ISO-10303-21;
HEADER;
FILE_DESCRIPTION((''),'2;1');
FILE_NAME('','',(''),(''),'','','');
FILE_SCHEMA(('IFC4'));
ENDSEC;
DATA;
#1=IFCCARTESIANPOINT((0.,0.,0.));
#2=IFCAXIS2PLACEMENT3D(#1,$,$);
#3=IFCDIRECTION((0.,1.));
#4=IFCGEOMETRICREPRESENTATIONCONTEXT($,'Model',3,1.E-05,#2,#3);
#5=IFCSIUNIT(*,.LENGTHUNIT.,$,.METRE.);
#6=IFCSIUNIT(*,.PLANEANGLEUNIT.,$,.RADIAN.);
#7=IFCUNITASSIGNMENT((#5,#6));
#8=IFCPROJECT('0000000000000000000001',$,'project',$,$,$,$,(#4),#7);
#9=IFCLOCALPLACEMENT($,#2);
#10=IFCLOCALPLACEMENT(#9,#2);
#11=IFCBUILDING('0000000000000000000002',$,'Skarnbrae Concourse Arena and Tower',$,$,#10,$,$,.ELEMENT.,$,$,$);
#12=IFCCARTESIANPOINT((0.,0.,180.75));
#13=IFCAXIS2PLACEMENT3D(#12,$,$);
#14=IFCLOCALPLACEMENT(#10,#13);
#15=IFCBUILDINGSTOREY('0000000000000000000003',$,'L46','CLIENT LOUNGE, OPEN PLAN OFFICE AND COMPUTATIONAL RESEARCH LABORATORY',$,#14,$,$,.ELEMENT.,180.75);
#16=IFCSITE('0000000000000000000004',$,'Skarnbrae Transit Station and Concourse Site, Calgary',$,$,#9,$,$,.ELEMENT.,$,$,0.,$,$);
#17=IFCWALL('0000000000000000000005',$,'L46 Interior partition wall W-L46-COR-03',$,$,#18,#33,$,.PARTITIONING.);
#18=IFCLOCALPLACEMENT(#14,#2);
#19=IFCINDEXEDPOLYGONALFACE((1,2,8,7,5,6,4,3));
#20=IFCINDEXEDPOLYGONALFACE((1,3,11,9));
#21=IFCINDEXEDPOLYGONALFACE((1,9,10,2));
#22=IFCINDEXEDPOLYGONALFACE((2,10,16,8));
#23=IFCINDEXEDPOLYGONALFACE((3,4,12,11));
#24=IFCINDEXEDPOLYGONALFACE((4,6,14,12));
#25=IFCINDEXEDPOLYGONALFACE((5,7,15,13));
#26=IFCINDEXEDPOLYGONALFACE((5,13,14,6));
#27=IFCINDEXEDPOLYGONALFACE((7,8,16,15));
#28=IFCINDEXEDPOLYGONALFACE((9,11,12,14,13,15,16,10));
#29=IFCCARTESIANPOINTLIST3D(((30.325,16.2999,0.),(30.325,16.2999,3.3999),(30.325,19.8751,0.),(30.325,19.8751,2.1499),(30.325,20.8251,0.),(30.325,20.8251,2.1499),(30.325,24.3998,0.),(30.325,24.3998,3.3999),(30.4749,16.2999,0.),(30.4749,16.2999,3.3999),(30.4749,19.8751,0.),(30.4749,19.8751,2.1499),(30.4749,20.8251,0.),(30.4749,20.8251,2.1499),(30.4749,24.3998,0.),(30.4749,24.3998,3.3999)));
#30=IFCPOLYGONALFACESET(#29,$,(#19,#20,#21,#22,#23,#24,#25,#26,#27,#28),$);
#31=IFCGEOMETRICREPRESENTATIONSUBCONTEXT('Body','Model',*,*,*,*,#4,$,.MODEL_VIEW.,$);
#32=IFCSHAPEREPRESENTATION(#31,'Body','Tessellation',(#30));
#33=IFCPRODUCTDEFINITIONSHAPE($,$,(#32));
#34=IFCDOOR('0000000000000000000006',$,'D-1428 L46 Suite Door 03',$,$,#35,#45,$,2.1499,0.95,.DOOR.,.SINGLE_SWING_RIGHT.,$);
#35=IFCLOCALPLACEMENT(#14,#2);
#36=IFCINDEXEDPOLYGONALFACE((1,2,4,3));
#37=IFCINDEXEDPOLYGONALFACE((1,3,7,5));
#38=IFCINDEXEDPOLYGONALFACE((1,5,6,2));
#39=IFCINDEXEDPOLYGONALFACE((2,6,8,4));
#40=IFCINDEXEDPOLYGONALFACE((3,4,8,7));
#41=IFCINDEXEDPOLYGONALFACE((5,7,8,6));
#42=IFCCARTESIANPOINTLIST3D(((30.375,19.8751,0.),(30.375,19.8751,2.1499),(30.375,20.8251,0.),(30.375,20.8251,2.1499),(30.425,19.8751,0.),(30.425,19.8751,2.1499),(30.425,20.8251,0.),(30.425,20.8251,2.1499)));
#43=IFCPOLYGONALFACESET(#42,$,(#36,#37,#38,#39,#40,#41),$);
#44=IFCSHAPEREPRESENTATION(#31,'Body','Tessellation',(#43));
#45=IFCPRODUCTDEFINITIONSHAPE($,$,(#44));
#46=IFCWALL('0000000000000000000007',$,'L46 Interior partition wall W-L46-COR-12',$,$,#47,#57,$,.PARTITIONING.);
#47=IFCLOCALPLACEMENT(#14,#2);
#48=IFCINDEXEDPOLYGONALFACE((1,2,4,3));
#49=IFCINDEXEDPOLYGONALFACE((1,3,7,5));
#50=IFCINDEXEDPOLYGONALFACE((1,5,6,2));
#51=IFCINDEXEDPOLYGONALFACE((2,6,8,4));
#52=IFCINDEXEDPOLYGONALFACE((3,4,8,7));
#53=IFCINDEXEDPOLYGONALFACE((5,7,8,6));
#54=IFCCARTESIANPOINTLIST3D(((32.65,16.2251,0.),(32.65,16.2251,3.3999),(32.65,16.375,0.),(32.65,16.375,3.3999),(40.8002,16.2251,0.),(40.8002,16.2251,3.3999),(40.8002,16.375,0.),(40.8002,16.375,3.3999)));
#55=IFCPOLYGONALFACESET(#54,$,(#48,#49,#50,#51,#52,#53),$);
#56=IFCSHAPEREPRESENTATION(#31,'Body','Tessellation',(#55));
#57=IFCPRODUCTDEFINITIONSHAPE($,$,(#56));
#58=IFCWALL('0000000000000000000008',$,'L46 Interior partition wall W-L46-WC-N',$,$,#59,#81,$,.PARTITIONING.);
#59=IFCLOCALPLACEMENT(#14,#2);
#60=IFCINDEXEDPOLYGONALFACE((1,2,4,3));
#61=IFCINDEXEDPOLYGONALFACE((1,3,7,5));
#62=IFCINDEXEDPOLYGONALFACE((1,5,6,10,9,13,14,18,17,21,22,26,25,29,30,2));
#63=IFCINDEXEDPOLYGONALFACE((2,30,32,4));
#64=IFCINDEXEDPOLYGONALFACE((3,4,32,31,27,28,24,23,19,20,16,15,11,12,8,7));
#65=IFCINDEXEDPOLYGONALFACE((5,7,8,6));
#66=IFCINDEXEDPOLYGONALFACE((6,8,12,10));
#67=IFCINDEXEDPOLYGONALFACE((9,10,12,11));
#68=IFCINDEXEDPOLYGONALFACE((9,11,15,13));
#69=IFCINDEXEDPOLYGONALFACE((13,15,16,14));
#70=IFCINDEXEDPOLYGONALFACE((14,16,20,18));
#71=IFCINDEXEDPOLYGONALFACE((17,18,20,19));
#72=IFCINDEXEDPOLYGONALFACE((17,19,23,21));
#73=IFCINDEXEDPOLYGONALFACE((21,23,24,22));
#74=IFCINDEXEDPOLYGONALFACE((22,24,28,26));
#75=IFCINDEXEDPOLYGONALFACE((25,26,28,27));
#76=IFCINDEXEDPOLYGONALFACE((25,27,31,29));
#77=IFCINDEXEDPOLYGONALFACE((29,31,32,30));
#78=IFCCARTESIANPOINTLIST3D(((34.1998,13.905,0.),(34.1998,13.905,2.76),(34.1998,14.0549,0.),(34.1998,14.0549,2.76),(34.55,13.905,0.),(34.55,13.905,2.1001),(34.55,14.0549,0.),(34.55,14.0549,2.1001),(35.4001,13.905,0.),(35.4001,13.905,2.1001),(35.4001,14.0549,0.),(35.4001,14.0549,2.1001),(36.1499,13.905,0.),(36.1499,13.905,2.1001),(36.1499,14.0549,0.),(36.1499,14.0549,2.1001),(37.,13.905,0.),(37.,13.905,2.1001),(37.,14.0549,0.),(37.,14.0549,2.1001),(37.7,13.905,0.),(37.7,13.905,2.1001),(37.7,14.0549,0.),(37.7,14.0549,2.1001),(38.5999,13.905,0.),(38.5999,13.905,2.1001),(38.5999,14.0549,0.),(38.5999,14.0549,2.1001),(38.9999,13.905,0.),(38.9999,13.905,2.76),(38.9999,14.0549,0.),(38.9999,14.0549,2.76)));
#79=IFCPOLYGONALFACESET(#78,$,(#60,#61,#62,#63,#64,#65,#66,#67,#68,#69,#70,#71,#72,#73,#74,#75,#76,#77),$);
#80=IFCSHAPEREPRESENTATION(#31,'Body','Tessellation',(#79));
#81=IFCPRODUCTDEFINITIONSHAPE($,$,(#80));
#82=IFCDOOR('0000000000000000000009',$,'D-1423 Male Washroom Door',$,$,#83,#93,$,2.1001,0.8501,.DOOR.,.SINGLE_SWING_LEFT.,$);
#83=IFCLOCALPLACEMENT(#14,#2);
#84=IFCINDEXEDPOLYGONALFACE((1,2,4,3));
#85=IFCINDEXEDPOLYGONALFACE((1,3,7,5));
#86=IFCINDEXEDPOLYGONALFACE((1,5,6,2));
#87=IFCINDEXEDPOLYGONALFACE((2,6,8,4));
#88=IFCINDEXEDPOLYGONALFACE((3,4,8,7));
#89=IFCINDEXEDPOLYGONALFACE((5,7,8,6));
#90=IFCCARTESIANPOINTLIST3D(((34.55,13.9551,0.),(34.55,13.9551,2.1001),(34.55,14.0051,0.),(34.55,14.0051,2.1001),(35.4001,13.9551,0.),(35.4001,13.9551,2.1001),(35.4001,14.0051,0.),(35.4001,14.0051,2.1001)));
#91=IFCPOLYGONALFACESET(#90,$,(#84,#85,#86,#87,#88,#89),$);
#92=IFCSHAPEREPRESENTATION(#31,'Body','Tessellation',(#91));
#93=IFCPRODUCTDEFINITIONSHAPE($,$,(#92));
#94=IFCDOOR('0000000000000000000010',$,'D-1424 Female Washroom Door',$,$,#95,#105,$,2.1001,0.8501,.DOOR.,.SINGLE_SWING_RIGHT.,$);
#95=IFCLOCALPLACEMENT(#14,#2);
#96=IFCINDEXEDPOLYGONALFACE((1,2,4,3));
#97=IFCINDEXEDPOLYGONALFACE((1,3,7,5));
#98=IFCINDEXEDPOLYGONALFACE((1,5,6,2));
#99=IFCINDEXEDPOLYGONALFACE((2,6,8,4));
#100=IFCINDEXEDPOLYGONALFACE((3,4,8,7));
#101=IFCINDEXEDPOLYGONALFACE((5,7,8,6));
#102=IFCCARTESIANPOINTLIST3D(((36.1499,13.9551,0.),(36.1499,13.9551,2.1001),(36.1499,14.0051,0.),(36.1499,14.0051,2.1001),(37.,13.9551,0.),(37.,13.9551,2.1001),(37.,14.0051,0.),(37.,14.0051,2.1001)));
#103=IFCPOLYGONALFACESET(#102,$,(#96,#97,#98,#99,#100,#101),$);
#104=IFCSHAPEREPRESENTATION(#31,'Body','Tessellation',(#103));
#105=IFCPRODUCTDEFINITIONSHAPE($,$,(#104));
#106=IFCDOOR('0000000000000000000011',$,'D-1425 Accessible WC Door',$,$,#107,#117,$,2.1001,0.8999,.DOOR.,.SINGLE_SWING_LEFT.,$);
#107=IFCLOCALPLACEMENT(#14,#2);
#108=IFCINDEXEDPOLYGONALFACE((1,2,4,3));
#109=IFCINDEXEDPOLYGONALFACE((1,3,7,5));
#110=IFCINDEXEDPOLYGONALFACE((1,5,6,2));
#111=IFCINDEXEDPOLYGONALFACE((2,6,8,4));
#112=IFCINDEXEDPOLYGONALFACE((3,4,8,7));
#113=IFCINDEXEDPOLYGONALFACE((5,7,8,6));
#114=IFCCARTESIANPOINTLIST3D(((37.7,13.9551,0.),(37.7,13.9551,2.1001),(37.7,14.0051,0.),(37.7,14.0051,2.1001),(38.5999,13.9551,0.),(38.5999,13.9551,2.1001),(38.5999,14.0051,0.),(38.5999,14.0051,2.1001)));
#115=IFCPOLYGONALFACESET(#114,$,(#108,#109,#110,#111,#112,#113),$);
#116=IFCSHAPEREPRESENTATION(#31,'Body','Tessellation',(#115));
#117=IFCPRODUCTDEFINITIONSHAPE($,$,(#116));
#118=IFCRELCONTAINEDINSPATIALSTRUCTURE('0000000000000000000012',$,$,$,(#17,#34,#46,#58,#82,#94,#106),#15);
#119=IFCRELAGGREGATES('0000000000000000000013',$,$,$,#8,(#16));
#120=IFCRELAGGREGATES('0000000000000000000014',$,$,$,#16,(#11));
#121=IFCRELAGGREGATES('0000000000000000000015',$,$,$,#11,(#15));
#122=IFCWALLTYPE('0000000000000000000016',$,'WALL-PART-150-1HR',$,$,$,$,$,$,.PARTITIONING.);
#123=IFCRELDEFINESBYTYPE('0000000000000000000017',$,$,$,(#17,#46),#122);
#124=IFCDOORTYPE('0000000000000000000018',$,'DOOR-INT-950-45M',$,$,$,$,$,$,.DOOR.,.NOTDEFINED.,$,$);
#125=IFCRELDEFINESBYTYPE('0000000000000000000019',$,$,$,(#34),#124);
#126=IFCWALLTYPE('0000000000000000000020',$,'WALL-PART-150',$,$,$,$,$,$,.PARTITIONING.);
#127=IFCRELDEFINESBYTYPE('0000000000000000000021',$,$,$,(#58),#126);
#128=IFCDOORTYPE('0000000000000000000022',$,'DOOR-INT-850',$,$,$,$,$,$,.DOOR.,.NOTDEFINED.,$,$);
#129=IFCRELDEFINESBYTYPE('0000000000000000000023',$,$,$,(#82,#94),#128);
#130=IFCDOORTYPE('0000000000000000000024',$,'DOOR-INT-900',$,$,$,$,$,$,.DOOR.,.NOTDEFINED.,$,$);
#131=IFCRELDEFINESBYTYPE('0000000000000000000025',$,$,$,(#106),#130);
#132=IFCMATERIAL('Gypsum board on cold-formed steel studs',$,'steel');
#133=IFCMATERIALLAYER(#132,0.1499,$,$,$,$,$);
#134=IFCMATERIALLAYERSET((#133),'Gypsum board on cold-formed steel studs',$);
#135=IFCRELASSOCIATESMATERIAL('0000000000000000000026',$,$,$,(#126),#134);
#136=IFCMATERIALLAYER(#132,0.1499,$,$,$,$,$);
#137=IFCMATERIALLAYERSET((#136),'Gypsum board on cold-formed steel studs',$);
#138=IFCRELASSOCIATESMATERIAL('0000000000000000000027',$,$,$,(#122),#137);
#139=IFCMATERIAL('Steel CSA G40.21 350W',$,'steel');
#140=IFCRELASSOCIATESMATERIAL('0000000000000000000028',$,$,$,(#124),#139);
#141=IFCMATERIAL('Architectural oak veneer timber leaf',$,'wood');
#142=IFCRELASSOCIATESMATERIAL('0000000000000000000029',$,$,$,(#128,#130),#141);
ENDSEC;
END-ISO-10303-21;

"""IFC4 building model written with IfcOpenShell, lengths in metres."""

from ifc_helpers import new_model, si_unit, direction, frame, frame_2d, origin, place, context, subcontext, project, spatial, rectangle, extrude, source, transform, mapped, material, layer, layer_set, type_object, element, fill, save


model = new_model("IFC4")

# Units and contexts
model_context = context("Model", 3, precision=1e-05, world=origin(), true_north=direction((0.0, 1.0)))
body_context = subcontext(model_context, "Body", "Model", "MODEL_VIEW")
ifc_project = project(units=[si_unit("LENGTHUNIT", "METRE"), si_unit("PLANEANGLEUNIT", "RADIAN")], contexts=[model_context])

# Site, building, storey
site_placement = place(None, origin())
site = spatial("IfcSite", under=ifc_project, at=site_placement, Name="Skarnbrae Transit Station and Concourse Site, Calgary", CompositionType="ELEMENT", RefElevation=0.0)
building_placement = place(site_placement, origin())
building = spatial("IfcBuilding", under=site, at=building_placement, Name="Skarnbrae Concourse Arena and Tower", CompositionType="ELEMENT")
storey_placement = place(building_placement, frame((0.0, 0.0, 180.75)))
storey = spatial("IfcBuildingStorey", under=building, at=storey_placement, Name="L46", Description="CLIENT LOUNGE, OPEN PLAN OFFICE AND COMPUTATIONAL RESEARCH LABORATORY", CompositionType="ELEMENT", Elevation=180.75)

# Shared definitions
ifc_material_1 = material(Name="Steel CSA G40.21 350W", Category="steel")

# Shared definitions
ifc_material_2 = material(Name="Gypsum board on cold-formed steel studs", Category="steel")
ifc_layer_1 = layer(ifc_material_2, 0.1499)
ifc_layer_set_1 = layer_set([ifc_layer_1], Name="Gypsum board on cold-formed steel studs")
wall_type_1 = type_object("IfcWallType", Name="WALL-PART-150", PredefinedType="PARTITIONING", material=ifc_layer_set_1)

# Wall, opening, door
ifc_layer_2 = layer(ifc_material_2, 0.1499)
ifc_layer_set_2 = layer_set([ifc_layer_2], Name="Gypsum board on cold-formed steel studs")
wall_type_2 = type_object("IfcWallType", Name="WALL-PART-150-1HR", PredefinedType="PARTITIONING", material=ifc_layer_set_2)
shared_shape_1 = source(origin(), body_context, "Body", "SweptSolid", [
    extrude(rectangle(XDim=8.0999, YDim=0.1499, at=frame_2d((4.0498, 0.0))), origin(), (0.0, 0.0, 1.0), 3.3999),
])
wall_1_placement = place(storey_placement, frame((30.3999, 16.3, 0.0), z_axis=(0.0, 0.0, 1.0), x_axis=(0.0, 1.0, 0.0)))
wall_1 = element("IfcWall", 1, at=wall_1_placement, inside=storey, type_object=wall_type_2, Name="L46 Interior partition wall W-L46-COR-03", PredefinedType="PARTITIONING", context=body_context, shape_type="MappedRepresentation", body=[
    mapped(shared_shape_1, transform((0.0, 0.0, 0.0))),
])
opening_1_placement = place(wall_1_placement, frame((3.575, 0.0, 0.0)))
opening_1 = element("IfcOpeningElement", 2, at=opening_1_placement, cuts=wall_1, PredefinedType="OPENING", context=body_context, shape_type="SweptSolid", body=[
    extrude(rectangle(XDim=0.95, YDim=2.1499, at=frame_2d((0.4751, 1.075))), frame((0.0, 0.085, 0.0), z_axis=(0.0, -1.0, 0.0), x_axis=(1.0, 0.0, 0.0)), (0.0, 0.0, 1.0), 0.1699),
])
door_type_1 = type_object("IfcDoorType", Name="DOOR-INT-950-45M", OperationType="NOTDEFINED", PredefinedType="DOOR", material=ifc_material_1)
shared_shape_2 = source(origin(), body_context, "Body", "SweptSolid", [
    extrude(rectangle(XDim=0.95, YDim=2.1499, at=frame_2d((0.4751, 1.075))), frame((0.0, 0.0249, 0.0), z_axis=(0.0, -1.0, 0.0), x_axis=(1.0, 0.0, 0.0)), (0.0, 0.0, 1.0), 0.05),
])
door_1_placement = place(opening_1_placement, origin())
door_1 = element("IfcDoor", 3, at=door_1_placement, inside=storey, type_object=door_type_1, Name="D-1428 L46 Suite Door 03", OperationType="SINGLE_SWING_RIGHT", OverallHeight=2.1499, OverallWidth=0.95, PredefinedType="DOOR", context=body_context, shape_type="MappedRepresentation", body=[
    mapped(shared_shape_2, transform((0.0, 0.0, 0.0))),
])
fill(opening_1, door_1)

# Wall
shared_shape_3 = source(origin(), body_context, "Body", "SweptSolid", [
    extrude(rectangle(XDim=8.1501, YDim=0.1499, at=frame_2d((4.0752, 0.0))), origin(), (0.0, 0.0, 1.0), 3.3999),
])
wall_2_placement = place(storey_placement, frame((32.6499, 16.3, 0.0), z_axis=(0.0, 0.0, 1.0), x_axis=(1.0, 0.0, 0.0)))
element("IfcWall", 4, at=wall_2_placement, inside=storey, type_object=wall_type_2, Name="L46 Interior partition wall W-L46-COR-12", PredefinedType="PARTITIONING", context=body_context, shape_type="MappedRepresentation", body=[
    mapped(shared_shape_3, transform((0.0, 0.0, 0.0))),
])

# Wall, openings, doors
shared_shape_4 = source(origin(), body_context, "Body", "SweptSolid", [
    extrude(rectangle(XDim=4.8, YDim=0.1499, at=frame_2d((2.3999, 0.0))), origin(), (0.0, 0.0, 1.0), 2.76),
])
wall_3_placement = place(storey_placement, frame((34.2, 13.98, 0.0), z_axis=(0.0, 0.0, 1.0), x_axis=(1.0, 0.0, 0.0)))
wall_3 = element("IfcWall", 5, at=wall_3_placement, inside=storey, type_object=wall_type_1, Name="L46 Interior partition wall W-L46-WC-N", PredefinedType="PARTITIONING", context=body_context, shape_type="MappedRepresentation", body=[
    mapped(shared_shape_4, transform((0.0, 0.0, 0.0))),
])
opening_2_placement = place(wall_3_placement, frame((0.3501, 0.0, 0.0)))
opening_2 = element("IfcOpeningElement", 6, at=opening_2_placement, cuts=wall_3, PredefinedType="OPENING", context=body_context, shape_type="SweptSolid", body=[
    extrude(rectangle(XDim=0.8501, YDim=2.1001, at=frame_2d((0.425, 1.05))), frame((0.0, 0.085, 0.0), z_axis=(0.0, -1.0, 0.0), x_axis=(1.0, 0.0, 0.0)), (0.0, 0.0, 1.0), 0.1699),
])
opening_3_placement = place(wall_3_placement, frame((1.95, 0.0, 0.0)))
opening_3 = element("IfcOpeningElement", 7, at=opening_3_placement, cuts=wall_3, PredefinedType="OPENING", context=body_context, shape_type="SweptSolid", body=[
    extrude(rectangle(XDim=0.8501, YDim=2.1001, at=frame_2d((0.425, 1.05))), frame((0.0, 0.085, 0.0), z_axis=(0.0, -1.0, 0.0), x_axis=(1.0, 0.0, 0.0)), (0.0, 0.0, 1.0), 0.1699),
])
opening_4_placement = place(wall_3_placement, frame((3.5, 0.0, 0.0)))
opening_4 = element("IfcOpeningElement", 8, at=opening_4_placement, cuts=wall_3, PredefinedType="OPENING", context=body_context, shape_type="SweptSolid", body=[
    extrude(rectangle(XDim=0.8999, YDim=2.1001, at=frame_2d((0.45, 1.05))), frame((0.0, 0.085, 0.0), z_axis=(0.0, -1.0, 0.0), x_axis=(1.0, 0.0, 0.0)), (0.0, 0.0, 1.0), 0.1699),
])
ifc_material_3 = material(Name="Architectural oak veneer timber leaf", Category="wood")
door_type_2 = type_object("IfcDoorType", Name="DOOR-INT-850", OperationType="NOTDEFINED", PredefinedType="DOOR", material=ifc_material_3)
shared_shape_5 = source(origin(), body_context, "Body", "SweptSolid", [
    extrude(rectangle(XDim=0.8501, YDim=2.1001, at=frame_2d((0.425, 1.05))), frame((0.0, 0.0249, 0.0), z_axis=(0.0, -1.0, 0.0), x_axis=(1.0, 0.0, 0.0)), (0.0, 0.0, 1.0), 0.05),
])
door_2_placement = place(opening_2_placement, frame((0.8501, 0.0, 0.0), z_axis=(0.0, 0.0, 1.0), x_axis=(-1.0, 0.0, 0.0)))
door_2 = element("IfcDoor", 9, at=door_2_placement, inside=storey, type_object=door_type_2, Name="D-1423 Male Washroom Door", OperationType="SINGLE_SWING_LEFT", OverallHeight=2.1001, OverallWidth=0.8501, PredefinedType="DOOR", context=body_context, shape_type="MappedRepresentation", body=[
    mapped(shared_shape_5, transform((0.0, 0.0, 0.0))),
])
fill(opening_2, door_2)
door_3_placement = place(opening_3_placement, frame((0.8501, 0.0, 0.0), z_axis=(0.0, 0.0, 1.0), x_axis=(-1.0, 0.0, 0.0)))
door_3 = element("IfcDoor", 10, at=door_3_placement, inside=storey, type_object=door_type_2, Name="D-1424 Female Washroom Door", OperationType="SINGLE_SWING_RIGHT", OverallHeight=2.1001, OverallWidth=0.8501, PredefinedType="DOOR", context=body_context, shape_type="MappedRepresentation", body=[
    mapped(shared_shape_5, transform((0.0, 0.0, 0.0))),
])
fill(opening_3, door_3)
door_type_3 = type_object("IfcDoorType", Name="DOOR-INT-900", OperationType="NOTDEFINED", PredefinedType="DOOR", material=ifc_material_3)
shared_shape_6 = source(origin(), body_context, "Body", "SweptSolid", [
    extrude(rectangle(XDim=0.8999, YDim=2.1001, at=frame_2d((0.45, 1.05))), frame((0.0, 0.0249, 0.0), z_axis=(0.0, -1.0, 0.0), x_axis=(1.0, 0.0, 0.0)), (0.0, 0.0, 1.0), 0.05),
])
door_4_placement = place(opening_4_placement, frame((0.8999, 0.0, 0.0), z_axis=(0.0, 0.0, 1.0), x_axis=(-1.0, 0.0, 0.0)))
door_4 = element("IfcDoor", 11, at=door_4_placement, inside=storey, type_object=door_type_3, Name="D-1425 Accessible WC Door", OperationType="SINGLE_SWING_LEFT", OverallHeight=2.1001, OverallWidth=0.8999, PredefinedType="DOOR", context=body_context, shape_type="MappedRepresentation", body=[
    mapped(shared_shape_6, transform((0.0, 0.0, 0.0))),
])
fill(opening_4, door_4)

save(model, "model.ifc")
